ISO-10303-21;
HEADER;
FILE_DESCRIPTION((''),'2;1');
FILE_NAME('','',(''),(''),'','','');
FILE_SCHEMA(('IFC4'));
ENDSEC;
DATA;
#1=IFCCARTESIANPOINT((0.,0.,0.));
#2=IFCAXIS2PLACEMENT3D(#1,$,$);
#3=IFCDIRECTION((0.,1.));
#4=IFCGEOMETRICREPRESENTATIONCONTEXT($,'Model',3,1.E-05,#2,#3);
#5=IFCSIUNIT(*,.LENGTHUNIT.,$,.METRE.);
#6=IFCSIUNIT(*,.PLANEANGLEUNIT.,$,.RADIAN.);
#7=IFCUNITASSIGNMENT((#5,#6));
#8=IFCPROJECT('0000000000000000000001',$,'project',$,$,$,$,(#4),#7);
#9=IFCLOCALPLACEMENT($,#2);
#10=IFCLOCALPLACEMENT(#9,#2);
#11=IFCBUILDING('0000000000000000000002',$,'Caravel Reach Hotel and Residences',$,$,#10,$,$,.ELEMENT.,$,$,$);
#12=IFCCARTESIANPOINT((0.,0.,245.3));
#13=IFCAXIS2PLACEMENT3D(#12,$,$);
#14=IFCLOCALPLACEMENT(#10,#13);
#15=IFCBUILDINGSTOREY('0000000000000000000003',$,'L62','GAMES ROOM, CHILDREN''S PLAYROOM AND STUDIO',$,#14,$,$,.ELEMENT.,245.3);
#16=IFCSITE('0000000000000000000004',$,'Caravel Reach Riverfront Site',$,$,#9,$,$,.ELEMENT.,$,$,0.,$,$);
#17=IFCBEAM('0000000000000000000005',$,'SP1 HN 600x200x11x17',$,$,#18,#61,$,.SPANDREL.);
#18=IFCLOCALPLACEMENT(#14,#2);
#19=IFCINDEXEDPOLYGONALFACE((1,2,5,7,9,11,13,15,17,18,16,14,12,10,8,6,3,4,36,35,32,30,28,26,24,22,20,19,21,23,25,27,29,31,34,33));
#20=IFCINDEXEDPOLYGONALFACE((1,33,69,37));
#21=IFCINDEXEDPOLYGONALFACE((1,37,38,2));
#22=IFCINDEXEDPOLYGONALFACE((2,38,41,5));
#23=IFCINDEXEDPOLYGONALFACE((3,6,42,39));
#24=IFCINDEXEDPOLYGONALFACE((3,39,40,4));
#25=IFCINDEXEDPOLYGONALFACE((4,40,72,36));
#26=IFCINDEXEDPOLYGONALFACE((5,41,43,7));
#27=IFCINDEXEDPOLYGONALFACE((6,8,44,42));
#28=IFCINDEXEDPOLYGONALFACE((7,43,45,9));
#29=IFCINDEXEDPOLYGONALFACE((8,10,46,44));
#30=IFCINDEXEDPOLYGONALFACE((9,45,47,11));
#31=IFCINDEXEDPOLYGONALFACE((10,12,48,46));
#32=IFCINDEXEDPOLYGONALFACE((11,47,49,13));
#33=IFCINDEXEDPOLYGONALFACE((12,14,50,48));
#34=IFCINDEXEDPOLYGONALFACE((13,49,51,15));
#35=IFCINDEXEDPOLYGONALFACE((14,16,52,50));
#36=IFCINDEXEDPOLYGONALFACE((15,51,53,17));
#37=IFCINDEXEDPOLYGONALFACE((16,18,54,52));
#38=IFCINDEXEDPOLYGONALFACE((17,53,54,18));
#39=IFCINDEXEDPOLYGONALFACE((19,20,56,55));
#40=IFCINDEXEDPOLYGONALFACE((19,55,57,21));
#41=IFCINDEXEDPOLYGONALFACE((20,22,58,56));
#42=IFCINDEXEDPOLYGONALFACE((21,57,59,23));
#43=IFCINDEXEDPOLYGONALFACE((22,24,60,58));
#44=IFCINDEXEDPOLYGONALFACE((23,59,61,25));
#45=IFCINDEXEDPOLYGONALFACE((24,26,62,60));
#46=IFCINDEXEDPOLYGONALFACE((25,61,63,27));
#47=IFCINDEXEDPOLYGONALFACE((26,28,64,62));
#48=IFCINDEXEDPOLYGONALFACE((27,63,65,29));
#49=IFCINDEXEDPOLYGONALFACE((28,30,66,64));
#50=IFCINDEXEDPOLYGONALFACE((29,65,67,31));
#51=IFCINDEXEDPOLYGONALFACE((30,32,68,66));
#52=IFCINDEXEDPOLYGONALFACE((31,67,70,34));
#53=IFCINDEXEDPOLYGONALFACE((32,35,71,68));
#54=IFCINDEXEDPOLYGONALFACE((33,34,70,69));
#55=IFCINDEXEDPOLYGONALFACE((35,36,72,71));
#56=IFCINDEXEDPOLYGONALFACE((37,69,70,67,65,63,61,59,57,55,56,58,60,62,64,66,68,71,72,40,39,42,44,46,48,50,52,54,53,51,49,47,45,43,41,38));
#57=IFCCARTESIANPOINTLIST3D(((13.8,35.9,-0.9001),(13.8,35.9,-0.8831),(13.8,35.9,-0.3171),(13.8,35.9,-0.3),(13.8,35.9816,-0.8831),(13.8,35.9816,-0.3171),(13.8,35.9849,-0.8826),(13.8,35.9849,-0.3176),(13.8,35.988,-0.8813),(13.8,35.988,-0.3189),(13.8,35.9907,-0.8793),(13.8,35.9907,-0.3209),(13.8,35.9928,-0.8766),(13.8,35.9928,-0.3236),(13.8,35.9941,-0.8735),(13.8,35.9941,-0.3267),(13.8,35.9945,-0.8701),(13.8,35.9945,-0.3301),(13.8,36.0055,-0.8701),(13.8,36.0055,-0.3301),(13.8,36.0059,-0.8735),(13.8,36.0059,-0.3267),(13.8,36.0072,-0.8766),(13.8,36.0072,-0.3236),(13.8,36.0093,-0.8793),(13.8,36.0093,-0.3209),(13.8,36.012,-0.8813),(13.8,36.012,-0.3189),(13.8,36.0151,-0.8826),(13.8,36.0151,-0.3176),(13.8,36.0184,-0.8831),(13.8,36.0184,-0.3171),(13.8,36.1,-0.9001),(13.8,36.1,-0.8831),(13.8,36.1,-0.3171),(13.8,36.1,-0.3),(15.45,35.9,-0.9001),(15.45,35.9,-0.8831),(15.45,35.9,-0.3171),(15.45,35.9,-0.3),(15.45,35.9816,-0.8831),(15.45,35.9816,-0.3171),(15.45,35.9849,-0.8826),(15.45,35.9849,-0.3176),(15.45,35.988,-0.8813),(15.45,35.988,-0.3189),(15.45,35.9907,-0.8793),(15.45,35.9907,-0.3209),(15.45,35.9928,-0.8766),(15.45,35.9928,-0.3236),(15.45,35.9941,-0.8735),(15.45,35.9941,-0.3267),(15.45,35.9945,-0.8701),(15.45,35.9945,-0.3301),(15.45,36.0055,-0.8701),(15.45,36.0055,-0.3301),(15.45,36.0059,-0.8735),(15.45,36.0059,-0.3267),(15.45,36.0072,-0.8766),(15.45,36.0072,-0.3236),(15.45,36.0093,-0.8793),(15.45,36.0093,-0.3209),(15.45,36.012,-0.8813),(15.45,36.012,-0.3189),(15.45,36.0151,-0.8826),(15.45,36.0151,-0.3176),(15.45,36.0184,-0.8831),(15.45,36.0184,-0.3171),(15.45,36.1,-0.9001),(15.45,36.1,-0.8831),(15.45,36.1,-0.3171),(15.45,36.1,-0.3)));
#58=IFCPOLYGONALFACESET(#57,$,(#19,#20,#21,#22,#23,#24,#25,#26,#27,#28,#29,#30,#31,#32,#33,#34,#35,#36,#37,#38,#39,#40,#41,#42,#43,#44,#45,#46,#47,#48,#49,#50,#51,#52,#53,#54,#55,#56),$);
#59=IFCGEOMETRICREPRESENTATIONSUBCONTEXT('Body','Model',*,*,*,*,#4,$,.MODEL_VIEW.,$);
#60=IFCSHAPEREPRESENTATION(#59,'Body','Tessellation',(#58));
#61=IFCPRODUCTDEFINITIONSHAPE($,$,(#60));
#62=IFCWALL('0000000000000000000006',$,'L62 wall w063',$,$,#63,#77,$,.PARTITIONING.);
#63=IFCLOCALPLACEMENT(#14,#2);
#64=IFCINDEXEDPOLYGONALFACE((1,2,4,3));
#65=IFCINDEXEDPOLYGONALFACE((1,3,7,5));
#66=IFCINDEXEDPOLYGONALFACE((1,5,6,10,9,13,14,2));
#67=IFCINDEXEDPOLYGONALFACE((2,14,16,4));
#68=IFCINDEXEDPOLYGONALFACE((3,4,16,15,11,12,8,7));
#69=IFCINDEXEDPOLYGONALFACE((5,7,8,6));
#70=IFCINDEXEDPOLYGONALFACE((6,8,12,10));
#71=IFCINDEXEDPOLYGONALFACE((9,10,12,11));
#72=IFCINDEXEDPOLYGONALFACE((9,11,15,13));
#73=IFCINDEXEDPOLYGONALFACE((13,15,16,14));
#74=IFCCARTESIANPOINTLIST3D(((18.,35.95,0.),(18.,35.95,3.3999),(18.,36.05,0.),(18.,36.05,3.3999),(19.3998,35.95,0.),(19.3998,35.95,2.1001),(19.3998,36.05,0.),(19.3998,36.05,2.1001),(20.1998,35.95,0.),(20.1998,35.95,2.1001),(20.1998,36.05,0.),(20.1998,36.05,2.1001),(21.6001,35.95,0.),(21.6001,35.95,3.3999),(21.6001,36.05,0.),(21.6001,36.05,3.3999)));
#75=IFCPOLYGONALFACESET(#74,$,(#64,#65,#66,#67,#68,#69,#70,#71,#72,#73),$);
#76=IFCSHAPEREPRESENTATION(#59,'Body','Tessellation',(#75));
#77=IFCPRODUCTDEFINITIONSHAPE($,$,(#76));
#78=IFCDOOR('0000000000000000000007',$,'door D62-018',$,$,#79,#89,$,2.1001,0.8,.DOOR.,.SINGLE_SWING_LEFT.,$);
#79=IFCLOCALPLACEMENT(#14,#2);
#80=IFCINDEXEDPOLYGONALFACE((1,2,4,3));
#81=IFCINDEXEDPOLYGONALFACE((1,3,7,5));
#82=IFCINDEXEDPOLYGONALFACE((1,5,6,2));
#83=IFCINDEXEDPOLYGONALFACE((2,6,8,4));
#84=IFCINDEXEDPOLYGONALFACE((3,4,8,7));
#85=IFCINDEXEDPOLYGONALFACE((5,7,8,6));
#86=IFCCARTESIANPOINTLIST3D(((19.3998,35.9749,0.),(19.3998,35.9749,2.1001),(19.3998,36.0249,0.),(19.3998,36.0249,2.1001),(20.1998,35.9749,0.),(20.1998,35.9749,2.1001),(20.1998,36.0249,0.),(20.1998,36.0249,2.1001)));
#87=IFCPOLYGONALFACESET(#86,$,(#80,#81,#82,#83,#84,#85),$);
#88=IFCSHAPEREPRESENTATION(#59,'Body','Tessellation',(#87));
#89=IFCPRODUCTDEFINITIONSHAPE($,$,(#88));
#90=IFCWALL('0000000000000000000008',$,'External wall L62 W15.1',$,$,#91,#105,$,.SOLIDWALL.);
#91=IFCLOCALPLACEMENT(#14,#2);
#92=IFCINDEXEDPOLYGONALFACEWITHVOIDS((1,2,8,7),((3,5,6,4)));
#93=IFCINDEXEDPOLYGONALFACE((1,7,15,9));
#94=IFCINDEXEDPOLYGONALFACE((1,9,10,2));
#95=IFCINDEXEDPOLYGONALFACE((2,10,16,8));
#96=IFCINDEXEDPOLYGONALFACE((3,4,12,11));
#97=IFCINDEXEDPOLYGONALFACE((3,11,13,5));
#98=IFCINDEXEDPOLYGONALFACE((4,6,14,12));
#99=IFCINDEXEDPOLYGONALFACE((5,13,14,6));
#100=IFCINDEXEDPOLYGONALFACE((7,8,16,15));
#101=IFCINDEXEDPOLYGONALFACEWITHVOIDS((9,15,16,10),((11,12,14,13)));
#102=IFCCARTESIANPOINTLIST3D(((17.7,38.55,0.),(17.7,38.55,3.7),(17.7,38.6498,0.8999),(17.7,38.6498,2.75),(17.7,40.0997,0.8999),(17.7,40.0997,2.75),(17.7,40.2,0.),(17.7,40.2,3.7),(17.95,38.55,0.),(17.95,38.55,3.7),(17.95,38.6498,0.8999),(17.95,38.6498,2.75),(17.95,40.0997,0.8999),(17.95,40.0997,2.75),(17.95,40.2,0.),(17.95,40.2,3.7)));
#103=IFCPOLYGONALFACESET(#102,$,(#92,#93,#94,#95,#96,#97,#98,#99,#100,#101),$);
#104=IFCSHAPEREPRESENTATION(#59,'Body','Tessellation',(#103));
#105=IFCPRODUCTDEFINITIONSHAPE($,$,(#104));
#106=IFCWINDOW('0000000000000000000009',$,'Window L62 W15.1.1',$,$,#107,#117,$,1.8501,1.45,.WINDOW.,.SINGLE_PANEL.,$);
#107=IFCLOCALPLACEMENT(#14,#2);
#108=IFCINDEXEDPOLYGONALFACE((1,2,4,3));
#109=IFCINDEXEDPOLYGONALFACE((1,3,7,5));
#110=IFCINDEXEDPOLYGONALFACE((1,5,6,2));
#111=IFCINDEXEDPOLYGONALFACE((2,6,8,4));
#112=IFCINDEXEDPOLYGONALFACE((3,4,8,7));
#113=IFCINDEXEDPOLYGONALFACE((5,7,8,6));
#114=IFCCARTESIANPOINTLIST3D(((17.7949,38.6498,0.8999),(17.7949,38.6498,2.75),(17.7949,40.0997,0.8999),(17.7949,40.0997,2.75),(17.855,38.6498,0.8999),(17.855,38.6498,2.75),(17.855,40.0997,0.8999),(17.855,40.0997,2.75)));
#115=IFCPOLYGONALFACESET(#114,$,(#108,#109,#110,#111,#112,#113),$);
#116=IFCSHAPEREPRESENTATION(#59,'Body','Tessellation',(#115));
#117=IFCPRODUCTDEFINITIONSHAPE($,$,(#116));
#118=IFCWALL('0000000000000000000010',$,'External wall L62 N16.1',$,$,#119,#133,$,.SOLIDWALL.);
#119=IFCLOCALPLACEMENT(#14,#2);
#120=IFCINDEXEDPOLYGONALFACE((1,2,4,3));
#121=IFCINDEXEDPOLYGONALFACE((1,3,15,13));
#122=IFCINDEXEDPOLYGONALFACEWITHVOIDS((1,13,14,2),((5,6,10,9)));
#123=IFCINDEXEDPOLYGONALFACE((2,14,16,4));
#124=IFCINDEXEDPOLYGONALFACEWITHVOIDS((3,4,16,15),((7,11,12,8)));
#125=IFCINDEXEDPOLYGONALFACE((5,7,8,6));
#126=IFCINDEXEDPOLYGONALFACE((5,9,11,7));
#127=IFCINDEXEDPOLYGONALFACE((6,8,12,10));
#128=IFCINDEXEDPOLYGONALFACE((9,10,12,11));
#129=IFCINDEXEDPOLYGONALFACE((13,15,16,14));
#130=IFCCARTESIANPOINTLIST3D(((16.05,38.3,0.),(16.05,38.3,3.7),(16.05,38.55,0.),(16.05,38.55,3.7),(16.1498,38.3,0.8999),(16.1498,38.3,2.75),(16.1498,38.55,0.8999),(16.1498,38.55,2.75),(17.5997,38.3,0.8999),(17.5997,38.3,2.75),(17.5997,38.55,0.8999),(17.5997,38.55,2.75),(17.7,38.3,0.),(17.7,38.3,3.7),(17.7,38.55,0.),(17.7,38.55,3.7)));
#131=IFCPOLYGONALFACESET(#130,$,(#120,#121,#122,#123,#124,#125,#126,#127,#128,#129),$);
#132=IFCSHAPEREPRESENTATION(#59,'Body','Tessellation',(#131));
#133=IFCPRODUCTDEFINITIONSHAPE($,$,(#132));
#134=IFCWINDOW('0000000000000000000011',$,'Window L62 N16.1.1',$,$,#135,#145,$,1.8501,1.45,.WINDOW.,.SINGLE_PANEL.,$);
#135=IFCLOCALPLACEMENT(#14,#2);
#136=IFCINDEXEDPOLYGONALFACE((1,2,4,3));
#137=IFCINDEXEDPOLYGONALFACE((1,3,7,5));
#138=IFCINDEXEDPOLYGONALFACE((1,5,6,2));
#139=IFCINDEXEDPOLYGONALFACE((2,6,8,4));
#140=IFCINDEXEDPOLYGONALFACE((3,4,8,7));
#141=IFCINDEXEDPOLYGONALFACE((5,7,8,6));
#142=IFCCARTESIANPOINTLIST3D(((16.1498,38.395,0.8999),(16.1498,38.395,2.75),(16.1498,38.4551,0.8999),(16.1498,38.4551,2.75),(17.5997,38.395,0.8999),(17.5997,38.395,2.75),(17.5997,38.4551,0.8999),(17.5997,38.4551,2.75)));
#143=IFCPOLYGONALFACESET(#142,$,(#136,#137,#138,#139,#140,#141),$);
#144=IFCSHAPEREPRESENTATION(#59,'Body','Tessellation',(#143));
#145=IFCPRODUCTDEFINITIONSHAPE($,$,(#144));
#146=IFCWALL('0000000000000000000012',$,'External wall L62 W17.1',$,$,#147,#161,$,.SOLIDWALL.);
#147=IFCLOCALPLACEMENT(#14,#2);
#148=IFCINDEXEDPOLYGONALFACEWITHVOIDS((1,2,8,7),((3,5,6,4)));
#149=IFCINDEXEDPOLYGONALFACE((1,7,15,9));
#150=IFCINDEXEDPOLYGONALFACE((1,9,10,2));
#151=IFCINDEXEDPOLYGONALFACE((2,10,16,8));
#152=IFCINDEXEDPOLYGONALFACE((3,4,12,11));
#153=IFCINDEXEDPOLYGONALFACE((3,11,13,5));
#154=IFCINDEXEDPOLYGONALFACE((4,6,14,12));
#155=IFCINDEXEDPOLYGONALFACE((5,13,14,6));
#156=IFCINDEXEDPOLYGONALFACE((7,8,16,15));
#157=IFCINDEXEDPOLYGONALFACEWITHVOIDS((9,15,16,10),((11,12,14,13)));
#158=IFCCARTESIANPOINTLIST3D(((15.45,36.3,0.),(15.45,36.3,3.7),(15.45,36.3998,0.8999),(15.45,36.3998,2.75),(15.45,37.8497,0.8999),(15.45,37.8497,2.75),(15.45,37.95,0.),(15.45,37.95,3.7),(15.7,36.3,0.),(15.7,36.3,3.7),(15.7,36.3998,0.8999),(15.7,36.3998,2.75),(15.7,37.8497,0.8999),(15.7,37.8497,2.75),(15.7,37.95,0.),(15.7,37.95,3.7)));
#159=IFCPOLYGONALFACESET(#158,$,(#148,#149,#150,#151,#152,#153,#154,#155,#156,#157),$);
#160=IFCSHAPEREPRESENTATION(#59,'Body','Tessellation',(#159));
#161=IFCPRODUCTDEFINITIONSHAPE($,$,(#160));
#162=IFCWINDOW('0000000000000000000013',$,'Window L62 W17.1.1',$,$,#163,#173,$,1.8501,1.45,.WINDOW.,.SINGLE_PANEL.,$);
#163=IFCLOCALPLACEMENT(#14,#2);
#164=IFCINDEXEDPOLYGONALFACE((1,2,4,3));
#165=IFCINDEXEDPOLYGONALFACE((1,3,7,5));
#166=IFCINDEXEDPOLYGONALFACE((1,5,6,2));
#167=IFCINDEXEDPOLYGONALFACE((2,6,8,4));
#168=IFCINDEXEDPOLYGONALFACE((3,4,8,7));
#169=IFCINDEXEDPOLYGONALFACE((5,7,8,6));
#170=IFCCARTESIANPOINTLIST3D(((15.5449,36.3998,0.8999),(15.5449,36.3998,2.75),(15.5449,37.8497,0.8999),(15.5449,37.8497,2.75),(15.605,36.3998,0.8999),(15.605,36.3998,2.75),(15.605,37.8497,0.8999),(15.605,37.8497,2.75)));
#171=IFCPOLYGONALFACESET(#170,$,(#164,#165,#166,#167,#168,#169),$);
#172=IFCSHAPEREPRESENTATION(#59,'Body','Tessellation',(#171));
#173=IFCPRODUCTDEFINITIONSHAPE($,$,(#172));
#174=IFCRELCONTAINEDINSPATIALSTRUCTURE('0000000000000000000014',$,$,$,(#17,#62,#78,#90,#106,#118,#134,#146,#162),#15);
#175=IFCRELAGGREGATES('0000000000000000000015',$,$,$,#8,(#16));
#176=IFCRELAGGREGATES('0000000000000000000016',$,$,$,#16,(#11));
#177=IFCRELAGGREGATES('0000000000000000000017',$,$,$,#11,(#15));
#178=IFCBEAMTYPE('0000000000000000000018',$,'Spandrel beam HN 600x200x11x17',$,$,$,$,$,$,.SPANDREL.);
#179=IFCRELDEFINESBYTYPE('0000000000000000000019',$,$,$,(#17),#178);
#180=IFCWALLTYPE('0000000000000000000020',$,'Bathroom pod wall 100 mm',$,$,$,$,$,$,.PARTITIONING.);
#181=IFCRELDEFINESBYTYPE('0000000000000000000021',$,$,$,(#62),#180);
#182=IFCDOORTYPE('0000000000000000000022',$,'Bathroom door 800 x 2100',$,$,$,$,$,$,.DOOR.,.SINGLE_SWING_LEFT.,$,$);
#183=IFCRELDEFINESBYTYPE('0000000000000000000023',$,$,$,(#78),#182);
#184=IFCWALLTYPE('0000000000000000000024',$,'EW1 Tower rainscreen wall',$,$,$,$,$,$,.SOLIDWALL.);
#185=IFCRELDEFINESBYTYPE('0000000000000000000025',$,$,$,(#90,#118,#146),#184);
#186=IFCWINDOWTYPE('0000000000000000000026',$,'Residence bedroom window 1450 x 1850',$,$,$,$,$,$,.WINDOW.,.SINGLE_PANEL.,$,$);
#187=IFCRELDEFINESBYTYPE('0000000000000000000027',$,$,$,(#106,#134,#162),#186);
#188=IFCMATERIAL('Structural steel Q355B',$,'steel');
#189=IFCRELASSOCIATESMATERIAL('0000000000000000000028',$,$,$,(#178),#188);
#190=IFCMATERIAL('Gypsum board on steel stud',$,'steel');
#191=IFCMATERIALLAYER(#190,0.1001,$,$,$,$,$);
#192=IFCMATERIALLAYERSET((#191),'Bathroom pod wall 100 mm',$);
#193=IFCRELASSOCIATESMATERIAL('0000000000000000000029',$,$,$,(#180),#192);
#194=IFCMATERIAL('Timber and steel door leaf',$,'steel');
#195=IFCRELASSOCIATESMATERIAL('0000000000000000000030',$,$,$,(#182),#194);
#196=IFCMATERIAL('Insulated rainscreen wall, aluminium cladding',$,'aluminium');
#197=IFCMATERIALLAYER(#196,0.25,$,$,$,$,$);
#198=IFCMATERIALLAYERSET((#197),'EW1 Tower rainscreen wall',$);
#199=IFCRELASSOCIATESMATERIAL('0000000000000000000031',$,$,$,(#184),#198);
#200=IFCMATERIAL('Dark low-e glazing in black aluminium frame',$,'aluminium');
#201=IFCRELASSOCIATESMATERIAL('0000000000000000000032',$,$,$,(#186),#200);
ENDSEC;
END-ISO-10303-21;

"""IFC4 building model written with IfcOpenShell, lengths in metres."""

from ifc_helpers import new_model, si_unit, direction, frame, frame_2d, origin, origin_2d, place, context, subcontext, project, spatial, rectangle, i_section, extrude, material, layer, layer_set, material_profile, profile_set, type_object, element, fill, save


model = new_model("IFC4")

# Units and contexts
model_context = context("Model", 3, precision=1e-05, world=origin(), true_north=direction((0.0, 1.0)))
body_context = subcontext(model_context, "Body", "Model", "MODEL_VIEW")
ifc_project = project(units=[si_unit("LENGTHUNIT", "METRE"), si_unit("PLANEANGLEUNIT", "RADIAN")], contexts=[model_context])

# Site, building, storey
site_placement = place(None, origin())
site = spatial("IfcSite", under=ifc_project, at=site_placement, Name="Caravel Reach Riverfront Site", CompositionType="ELEMENT", RefElevation=0.0)
building_placement = place(site_placement, origin())
building = spatial("IfcBuilding", under=site, at=building_placement, Name="Caravel Reach Hotel and Residences", CompositionType="ELEMENT")
storey_placement = place(building_placement, frame((0.0, 0.0, 245.3)))
storey = spatial("IfcBuildingStorey", under=building, at=storey_placement, Name="L62", Description="GAMES ROOM, CHILDREN'S PLAYROOM AND STUDIO", CompositionType="ELEMENT", Elevation=245.3)

# Beam
ifc_material_1 = material(Name="Structural steel Q355B", Category="steel")
ifc_material_profile_1 = material_profile(ifc_material_1, i_section(OverallWidth=0.2, OverallDepth=0.6001, WebThickness=0.011, FlangeThickness=0.0171, FilletRadius=0.0129, at=origin_2d()), Name="HN 600x200x11x17")
ifc_profile_set_1 = profile_set([ifc_material_profile_1], Name="Structural steel Q355B")
beam_type = type_object("IfcBeamType", Name="Spandrel beam HN 600x200x11x17", PredefinedType="SPANDREL", material=ifc_profile_set_1)
for number, where, z_axis, x_axis, name in (
    (1, (15.45, 36.0, -0.6001), (-1.0, 0.0, 0.0), (0.0, -1.0, 0.0), "SP1 HN 600x200x11x17"),
):
    element("IfcBeam", number, at=place(storey_placement, frame(where, z_axis=z_axis, x_axis=x_axis)), inside=storey, type_object=beam_type, Name=name, PredefinedType="SPANDREL", context=body_context, shape_type="SweptSolid", body=[
        extrude(i_section(OverallWidth=0.2, OverallDepth=0.6001, WebThickness=0.011, FlangeThickness=0.0171, FilletRadius=0.0129, at=origin_2d()), origin(), (0.0, 0.0, 1.0), 1.6499),
    ])

# Wall, opening, door
ifc_material_2 = material(Name="Gypsum board on steel stud", Category="steel")
ifc_layer_1 = layer(ifc_material_2, 0.1001)
ifc_layer_set_1 = layer_set([ifc_layer_1], Name="Bathroom pod wall 100 mm")
wall_type_1 = type_object("IfcWallType", Name="Bathroom pod wall 100 mm", PredefinedType="PARTITIONING", material=ifc_layer_set_1)
wall_1_placement = place(storey_placement, frame((18.0, 36.0, 0.0), z_axis=(0.0, 0.0, 1.0), x_axis=(1.0, 0.0, 0.0)))
wall_1 = element("IfcWall", 2, at=wall_1_placement, inside=storey, type_object=wall_type_1, Name="L62 wall w063", PredefinedType="PARTITIONING", context=body_context, shape_type="SweptSolid", body=[
    extrude(rectangle(XDim=3.6001, YDim=0.1001, at=frame_2d((1.8, 0.0))), origin(), (0.0, 0.0, 1.0), 3.3999),
])
opening_1_placement = place(wall_1_placement, frame((1.3999, 0.0, 0.0)))
opening_1 = element("IfcOpeningElement", 3, at=opening_1_placement, cuts=wall_1, PredefinedType="OPENING", context=body_context, shape_type="SweptSolid", body=[
    extrude(rectangle(XDim=0.8, YDim=2.1001, at=frame_2d((0.3999, 1.05))), frame((0.0, 0.0601, 0.0), z_axis=(0.0, -1.0, 0.0), x_axis=(1.0, 0.0, 0.0)), (0.0, 0.0, 1.0), 0.1201),
])
ifc_material_3 = material(Name="Timber and steel door leaf", Category="steel")
door_type = type_object("IfcDoorType", Name="Bathroom door 800 x 2100", OperationType="SINGLE_SWING_LEFT", PredefinedType="DOOR", material=ifc_material_3)
door_placement = place(opening_1_placement, origin())
door = element("IfcDoor", 4, at=door_placement, inside=storey, type_object=door_type, Name="door D62-018", OperationType="SINGLE_SWING_LEFT", OverallHeight=2.1001, OverallWidth=0.8, PredefinedType="DOOR", context=body_context, shape_type="SweptSolid", body=[
    extrude(rectangle(XDim=0.8, YDim=2.1001, at=frame_2d((0.3999, 1.05))), frame((0.0, 0.0249, 0.0), z_axis=(0.0, -1.0, 0.0), x_axis=(1.0, 0.0, 0.0)), (0.0, 0.0, 1.0), 0.05),
])
fill(opening_1, door)

# Walls, openings, windows
ifc_material_4 = material(Name="Insulated rainscreen wall, aluminium cladding", Category="aluminium")
ifc_layer_2 = layer(ifc_material_4, 0.25)
ifc_layer_set_2 = layer_set([ifc_layer_2], Name="EW1 Tower rainscreen wall")
wall_type_2 = type_object("IfcWallType", Name="EW1 Tower rainscreen wall", PredefinedType="SOLIDWALL", material=ifc_layer_set_2)
wall_2_placement = place(storey_placement, frame((17.825, 40.2, 0.0), z_axis=(0.0, 0.0, 1.0), x_axis=(0.0, -1.0, 0.0)))
wall_2 = element("IfcWall", 5, at=wall_2_placement, inside=storey, type_object=wall_type_2, Name="External wall L62 W15.1", PredefinedType="SOLIDWALL", context=body_context, shape_type="SweptSolid", body=[
    extrude(rectangle(XDim=1.6499, YDim=0.25, at=frame_2d((0.825, 0.0))), origin(), (0.0, 0.0, 1.0), 3.7),
])
opening_2_placement = place(wall_2_placement, frame((0.1001, 0.0, 0.8999)))
opening_2 = element("IfcOpeningElement", 6, at=opening_2_placement, cuts=wall_2, PredefinedType="OPENING", context=body_context, shape_type="SweptSolid", body=[
    extrude(rectangle(XDim=1.45, YDim=1.8501, at=frame_2d((0.7251, 0.925))), frame((0.0, 0.135, 0.0), z_axis=(0.0, -1.0, 0.0), x_axis=(1.0, 0.0, 0.0)), (0.0, 0.0, 1.0), 0.27),
])
ifc_material_5 = material(Name="Dark low-e glazing in black aluminium frame", Category="aluminium")
window_type = type_object("IfcWindowType", Name="Residence bedroom window 1450 x 1850", PartitioningType="SINGLE_PANEL", PredefinedType="WINDOW", material=ifc_material_5)
window_1_placement = place(opening_2_placement, origin())
window_1 = element("IfcWindow", 7, at=window_1_placement, inside=storey, type_object=window_type, Name="Window L62 W15.1.1", OverallHeight=1.8501, OverallWidth=1.45, PartitioningType="SINGLE_PANEL", PredefinedType="WINDOW", context=body_context, shape_type="SweptSolid", body=[
    extrude(rectangle(XDim=1.45, YDim=1.8501, at=frame_2d((0.7251, 0.925))), frame((0.0, 0.03, 0.0), z_axis=(0.0, -1.0, 0.0), x_axis=(1.0, 0.0, 0.0)), (0.0, 0.0, 1.0), 0.0601),
])
fill(opening_2, window_1)
wall_3_placement = place(storey_placement, frame((17.7, 38.425, 0.0), z_axis=(0.0, 0.0, 1.0), x_axis=(-1.0, 0.0, 0.0)))
wall_3 = element("IfcWall", 8, at=wall_3_placement, inside=storey, type_object=wall_type_2, Name="External wall L62 N16.1", PredefinedType="SOLIDWALL", context=body_context, shape_type="SweptSolid", body=[
    extrude(rectangle(XDim=1.6499, YDim=0.25, at=frame_2d((0.825, 0.0))), origin(), (0.0, 0.0, 1.0), 3.7),
])
opening_3_placement = place(wall_3_placement, frame((0.1001, 0.0, 0.8999)))
opening_3 = element("IfcOpeningElement", 9, at=opening_3_placement, cuts=wall_3, PredefinedType="OPENING", context=body_context, shape_type="SweptSolid", body=[
    extrude(rectangle(XDim=1.45, YDim=1.8501, at=frame_2d((0.7251, 0.925))), frame((0.0, 0.135, 0.0), z_axis=(0.0, -1.0, 0.0), x_axis=(1.0, 0.0, 0.0)), (0.0, 0.0, 1.0), 0.27),
])
window_2_placement = place(opening_3_placement, origin())
window_2 = element("IfcWindow", 10, at=window_2_placement, inside=storey, type_object=window_type, Name="Window L62 N16.1.1", OverallHeight=1.8501, OverallWidth=1.45, PartitioningType="SINGLE_PANEL", PredefinedType="WINDOW", context=body_context, shape_type="SweptSolid", body=[
    extrude(rectangle(XDim=1.45, YDim=1.8501, at=frame_2d((0.7251, 0.925))), frame((0.0, 0.03, 0.0), z_axis=(0.0, -1.0, 0.0), x_axis=(1.0, 0.0, 0.0)), (0.0, 0.0, 1.0), 0.0601),
])
fill(opening_3, window_2)
wall_4_placement = place(storey_placement, frame((15.575, 37.95, 0.0), z_axis=(0.0, 0.0, 1.0), x_axis=(0.0, -1.0, 0.0)))
wall_4 = element("IfcWall", 11, at=wall_4_placement, inside=storey, type_object=wall_type_2, Name="External wall L62 W17.1", PredefinedType="SOLIDWALL", context=body_context, shape_type="SweptSolid", body=[
    extrude(rectangle(XDim=1.6499, YDim=0.25, at=frame_2d((0.825, 0.0))), origin(), (0.0, 0.0, 1.0), 3.7),
])
opening_4_placement = place(wall_4_placement, frame((0.1001, 0.0, 0.8999)))
opening_4 = element("IfcOpeningElement", 12, at=opening_4_placement, cuts=wall_4, PredefinedType="OPENING", context=body_context, shape_type="SweptSolid", body=[
    extrude(rectangle(XDim=1.45, YDim=1.8501, at=frame_2d((0.7251, 0.925))), frame((0.0, 0.135, 0.0), z_axis=(0.0, -1.0, 0.0), x_axis=(1.0, 0.0, 0.0)), (0.0, 0.0, 1.0), 0.27),
])
window_3_placement = place(opening_4_placement, origin())
window_3 = element("IfcWindow", 13, at=window_3_placement, inside=storey, type_object=window_type, Name="Window L62 W17.1.1", OverallHeight=1.8501, OverallWidth=1.45, PartitioningType="SINGLE_PANEL", PredefinedType="WINDOW", context=body_context, shape_type="SweptSolid", body=[
    extrude(rectangle(XDim=1.45, YDim=1.8501, at=frame_2d((0.7251, 0.925))), frame((0.0, 0.03, 0.0), z_axis=(0.0, -1.0, 0.0), x_axis=(1.0, 0.0, 0.0)), (0.0, 0.0, 1.0), 0.0601),
])
fill(opening_4, window_3)

save(model, "model.ifc")
